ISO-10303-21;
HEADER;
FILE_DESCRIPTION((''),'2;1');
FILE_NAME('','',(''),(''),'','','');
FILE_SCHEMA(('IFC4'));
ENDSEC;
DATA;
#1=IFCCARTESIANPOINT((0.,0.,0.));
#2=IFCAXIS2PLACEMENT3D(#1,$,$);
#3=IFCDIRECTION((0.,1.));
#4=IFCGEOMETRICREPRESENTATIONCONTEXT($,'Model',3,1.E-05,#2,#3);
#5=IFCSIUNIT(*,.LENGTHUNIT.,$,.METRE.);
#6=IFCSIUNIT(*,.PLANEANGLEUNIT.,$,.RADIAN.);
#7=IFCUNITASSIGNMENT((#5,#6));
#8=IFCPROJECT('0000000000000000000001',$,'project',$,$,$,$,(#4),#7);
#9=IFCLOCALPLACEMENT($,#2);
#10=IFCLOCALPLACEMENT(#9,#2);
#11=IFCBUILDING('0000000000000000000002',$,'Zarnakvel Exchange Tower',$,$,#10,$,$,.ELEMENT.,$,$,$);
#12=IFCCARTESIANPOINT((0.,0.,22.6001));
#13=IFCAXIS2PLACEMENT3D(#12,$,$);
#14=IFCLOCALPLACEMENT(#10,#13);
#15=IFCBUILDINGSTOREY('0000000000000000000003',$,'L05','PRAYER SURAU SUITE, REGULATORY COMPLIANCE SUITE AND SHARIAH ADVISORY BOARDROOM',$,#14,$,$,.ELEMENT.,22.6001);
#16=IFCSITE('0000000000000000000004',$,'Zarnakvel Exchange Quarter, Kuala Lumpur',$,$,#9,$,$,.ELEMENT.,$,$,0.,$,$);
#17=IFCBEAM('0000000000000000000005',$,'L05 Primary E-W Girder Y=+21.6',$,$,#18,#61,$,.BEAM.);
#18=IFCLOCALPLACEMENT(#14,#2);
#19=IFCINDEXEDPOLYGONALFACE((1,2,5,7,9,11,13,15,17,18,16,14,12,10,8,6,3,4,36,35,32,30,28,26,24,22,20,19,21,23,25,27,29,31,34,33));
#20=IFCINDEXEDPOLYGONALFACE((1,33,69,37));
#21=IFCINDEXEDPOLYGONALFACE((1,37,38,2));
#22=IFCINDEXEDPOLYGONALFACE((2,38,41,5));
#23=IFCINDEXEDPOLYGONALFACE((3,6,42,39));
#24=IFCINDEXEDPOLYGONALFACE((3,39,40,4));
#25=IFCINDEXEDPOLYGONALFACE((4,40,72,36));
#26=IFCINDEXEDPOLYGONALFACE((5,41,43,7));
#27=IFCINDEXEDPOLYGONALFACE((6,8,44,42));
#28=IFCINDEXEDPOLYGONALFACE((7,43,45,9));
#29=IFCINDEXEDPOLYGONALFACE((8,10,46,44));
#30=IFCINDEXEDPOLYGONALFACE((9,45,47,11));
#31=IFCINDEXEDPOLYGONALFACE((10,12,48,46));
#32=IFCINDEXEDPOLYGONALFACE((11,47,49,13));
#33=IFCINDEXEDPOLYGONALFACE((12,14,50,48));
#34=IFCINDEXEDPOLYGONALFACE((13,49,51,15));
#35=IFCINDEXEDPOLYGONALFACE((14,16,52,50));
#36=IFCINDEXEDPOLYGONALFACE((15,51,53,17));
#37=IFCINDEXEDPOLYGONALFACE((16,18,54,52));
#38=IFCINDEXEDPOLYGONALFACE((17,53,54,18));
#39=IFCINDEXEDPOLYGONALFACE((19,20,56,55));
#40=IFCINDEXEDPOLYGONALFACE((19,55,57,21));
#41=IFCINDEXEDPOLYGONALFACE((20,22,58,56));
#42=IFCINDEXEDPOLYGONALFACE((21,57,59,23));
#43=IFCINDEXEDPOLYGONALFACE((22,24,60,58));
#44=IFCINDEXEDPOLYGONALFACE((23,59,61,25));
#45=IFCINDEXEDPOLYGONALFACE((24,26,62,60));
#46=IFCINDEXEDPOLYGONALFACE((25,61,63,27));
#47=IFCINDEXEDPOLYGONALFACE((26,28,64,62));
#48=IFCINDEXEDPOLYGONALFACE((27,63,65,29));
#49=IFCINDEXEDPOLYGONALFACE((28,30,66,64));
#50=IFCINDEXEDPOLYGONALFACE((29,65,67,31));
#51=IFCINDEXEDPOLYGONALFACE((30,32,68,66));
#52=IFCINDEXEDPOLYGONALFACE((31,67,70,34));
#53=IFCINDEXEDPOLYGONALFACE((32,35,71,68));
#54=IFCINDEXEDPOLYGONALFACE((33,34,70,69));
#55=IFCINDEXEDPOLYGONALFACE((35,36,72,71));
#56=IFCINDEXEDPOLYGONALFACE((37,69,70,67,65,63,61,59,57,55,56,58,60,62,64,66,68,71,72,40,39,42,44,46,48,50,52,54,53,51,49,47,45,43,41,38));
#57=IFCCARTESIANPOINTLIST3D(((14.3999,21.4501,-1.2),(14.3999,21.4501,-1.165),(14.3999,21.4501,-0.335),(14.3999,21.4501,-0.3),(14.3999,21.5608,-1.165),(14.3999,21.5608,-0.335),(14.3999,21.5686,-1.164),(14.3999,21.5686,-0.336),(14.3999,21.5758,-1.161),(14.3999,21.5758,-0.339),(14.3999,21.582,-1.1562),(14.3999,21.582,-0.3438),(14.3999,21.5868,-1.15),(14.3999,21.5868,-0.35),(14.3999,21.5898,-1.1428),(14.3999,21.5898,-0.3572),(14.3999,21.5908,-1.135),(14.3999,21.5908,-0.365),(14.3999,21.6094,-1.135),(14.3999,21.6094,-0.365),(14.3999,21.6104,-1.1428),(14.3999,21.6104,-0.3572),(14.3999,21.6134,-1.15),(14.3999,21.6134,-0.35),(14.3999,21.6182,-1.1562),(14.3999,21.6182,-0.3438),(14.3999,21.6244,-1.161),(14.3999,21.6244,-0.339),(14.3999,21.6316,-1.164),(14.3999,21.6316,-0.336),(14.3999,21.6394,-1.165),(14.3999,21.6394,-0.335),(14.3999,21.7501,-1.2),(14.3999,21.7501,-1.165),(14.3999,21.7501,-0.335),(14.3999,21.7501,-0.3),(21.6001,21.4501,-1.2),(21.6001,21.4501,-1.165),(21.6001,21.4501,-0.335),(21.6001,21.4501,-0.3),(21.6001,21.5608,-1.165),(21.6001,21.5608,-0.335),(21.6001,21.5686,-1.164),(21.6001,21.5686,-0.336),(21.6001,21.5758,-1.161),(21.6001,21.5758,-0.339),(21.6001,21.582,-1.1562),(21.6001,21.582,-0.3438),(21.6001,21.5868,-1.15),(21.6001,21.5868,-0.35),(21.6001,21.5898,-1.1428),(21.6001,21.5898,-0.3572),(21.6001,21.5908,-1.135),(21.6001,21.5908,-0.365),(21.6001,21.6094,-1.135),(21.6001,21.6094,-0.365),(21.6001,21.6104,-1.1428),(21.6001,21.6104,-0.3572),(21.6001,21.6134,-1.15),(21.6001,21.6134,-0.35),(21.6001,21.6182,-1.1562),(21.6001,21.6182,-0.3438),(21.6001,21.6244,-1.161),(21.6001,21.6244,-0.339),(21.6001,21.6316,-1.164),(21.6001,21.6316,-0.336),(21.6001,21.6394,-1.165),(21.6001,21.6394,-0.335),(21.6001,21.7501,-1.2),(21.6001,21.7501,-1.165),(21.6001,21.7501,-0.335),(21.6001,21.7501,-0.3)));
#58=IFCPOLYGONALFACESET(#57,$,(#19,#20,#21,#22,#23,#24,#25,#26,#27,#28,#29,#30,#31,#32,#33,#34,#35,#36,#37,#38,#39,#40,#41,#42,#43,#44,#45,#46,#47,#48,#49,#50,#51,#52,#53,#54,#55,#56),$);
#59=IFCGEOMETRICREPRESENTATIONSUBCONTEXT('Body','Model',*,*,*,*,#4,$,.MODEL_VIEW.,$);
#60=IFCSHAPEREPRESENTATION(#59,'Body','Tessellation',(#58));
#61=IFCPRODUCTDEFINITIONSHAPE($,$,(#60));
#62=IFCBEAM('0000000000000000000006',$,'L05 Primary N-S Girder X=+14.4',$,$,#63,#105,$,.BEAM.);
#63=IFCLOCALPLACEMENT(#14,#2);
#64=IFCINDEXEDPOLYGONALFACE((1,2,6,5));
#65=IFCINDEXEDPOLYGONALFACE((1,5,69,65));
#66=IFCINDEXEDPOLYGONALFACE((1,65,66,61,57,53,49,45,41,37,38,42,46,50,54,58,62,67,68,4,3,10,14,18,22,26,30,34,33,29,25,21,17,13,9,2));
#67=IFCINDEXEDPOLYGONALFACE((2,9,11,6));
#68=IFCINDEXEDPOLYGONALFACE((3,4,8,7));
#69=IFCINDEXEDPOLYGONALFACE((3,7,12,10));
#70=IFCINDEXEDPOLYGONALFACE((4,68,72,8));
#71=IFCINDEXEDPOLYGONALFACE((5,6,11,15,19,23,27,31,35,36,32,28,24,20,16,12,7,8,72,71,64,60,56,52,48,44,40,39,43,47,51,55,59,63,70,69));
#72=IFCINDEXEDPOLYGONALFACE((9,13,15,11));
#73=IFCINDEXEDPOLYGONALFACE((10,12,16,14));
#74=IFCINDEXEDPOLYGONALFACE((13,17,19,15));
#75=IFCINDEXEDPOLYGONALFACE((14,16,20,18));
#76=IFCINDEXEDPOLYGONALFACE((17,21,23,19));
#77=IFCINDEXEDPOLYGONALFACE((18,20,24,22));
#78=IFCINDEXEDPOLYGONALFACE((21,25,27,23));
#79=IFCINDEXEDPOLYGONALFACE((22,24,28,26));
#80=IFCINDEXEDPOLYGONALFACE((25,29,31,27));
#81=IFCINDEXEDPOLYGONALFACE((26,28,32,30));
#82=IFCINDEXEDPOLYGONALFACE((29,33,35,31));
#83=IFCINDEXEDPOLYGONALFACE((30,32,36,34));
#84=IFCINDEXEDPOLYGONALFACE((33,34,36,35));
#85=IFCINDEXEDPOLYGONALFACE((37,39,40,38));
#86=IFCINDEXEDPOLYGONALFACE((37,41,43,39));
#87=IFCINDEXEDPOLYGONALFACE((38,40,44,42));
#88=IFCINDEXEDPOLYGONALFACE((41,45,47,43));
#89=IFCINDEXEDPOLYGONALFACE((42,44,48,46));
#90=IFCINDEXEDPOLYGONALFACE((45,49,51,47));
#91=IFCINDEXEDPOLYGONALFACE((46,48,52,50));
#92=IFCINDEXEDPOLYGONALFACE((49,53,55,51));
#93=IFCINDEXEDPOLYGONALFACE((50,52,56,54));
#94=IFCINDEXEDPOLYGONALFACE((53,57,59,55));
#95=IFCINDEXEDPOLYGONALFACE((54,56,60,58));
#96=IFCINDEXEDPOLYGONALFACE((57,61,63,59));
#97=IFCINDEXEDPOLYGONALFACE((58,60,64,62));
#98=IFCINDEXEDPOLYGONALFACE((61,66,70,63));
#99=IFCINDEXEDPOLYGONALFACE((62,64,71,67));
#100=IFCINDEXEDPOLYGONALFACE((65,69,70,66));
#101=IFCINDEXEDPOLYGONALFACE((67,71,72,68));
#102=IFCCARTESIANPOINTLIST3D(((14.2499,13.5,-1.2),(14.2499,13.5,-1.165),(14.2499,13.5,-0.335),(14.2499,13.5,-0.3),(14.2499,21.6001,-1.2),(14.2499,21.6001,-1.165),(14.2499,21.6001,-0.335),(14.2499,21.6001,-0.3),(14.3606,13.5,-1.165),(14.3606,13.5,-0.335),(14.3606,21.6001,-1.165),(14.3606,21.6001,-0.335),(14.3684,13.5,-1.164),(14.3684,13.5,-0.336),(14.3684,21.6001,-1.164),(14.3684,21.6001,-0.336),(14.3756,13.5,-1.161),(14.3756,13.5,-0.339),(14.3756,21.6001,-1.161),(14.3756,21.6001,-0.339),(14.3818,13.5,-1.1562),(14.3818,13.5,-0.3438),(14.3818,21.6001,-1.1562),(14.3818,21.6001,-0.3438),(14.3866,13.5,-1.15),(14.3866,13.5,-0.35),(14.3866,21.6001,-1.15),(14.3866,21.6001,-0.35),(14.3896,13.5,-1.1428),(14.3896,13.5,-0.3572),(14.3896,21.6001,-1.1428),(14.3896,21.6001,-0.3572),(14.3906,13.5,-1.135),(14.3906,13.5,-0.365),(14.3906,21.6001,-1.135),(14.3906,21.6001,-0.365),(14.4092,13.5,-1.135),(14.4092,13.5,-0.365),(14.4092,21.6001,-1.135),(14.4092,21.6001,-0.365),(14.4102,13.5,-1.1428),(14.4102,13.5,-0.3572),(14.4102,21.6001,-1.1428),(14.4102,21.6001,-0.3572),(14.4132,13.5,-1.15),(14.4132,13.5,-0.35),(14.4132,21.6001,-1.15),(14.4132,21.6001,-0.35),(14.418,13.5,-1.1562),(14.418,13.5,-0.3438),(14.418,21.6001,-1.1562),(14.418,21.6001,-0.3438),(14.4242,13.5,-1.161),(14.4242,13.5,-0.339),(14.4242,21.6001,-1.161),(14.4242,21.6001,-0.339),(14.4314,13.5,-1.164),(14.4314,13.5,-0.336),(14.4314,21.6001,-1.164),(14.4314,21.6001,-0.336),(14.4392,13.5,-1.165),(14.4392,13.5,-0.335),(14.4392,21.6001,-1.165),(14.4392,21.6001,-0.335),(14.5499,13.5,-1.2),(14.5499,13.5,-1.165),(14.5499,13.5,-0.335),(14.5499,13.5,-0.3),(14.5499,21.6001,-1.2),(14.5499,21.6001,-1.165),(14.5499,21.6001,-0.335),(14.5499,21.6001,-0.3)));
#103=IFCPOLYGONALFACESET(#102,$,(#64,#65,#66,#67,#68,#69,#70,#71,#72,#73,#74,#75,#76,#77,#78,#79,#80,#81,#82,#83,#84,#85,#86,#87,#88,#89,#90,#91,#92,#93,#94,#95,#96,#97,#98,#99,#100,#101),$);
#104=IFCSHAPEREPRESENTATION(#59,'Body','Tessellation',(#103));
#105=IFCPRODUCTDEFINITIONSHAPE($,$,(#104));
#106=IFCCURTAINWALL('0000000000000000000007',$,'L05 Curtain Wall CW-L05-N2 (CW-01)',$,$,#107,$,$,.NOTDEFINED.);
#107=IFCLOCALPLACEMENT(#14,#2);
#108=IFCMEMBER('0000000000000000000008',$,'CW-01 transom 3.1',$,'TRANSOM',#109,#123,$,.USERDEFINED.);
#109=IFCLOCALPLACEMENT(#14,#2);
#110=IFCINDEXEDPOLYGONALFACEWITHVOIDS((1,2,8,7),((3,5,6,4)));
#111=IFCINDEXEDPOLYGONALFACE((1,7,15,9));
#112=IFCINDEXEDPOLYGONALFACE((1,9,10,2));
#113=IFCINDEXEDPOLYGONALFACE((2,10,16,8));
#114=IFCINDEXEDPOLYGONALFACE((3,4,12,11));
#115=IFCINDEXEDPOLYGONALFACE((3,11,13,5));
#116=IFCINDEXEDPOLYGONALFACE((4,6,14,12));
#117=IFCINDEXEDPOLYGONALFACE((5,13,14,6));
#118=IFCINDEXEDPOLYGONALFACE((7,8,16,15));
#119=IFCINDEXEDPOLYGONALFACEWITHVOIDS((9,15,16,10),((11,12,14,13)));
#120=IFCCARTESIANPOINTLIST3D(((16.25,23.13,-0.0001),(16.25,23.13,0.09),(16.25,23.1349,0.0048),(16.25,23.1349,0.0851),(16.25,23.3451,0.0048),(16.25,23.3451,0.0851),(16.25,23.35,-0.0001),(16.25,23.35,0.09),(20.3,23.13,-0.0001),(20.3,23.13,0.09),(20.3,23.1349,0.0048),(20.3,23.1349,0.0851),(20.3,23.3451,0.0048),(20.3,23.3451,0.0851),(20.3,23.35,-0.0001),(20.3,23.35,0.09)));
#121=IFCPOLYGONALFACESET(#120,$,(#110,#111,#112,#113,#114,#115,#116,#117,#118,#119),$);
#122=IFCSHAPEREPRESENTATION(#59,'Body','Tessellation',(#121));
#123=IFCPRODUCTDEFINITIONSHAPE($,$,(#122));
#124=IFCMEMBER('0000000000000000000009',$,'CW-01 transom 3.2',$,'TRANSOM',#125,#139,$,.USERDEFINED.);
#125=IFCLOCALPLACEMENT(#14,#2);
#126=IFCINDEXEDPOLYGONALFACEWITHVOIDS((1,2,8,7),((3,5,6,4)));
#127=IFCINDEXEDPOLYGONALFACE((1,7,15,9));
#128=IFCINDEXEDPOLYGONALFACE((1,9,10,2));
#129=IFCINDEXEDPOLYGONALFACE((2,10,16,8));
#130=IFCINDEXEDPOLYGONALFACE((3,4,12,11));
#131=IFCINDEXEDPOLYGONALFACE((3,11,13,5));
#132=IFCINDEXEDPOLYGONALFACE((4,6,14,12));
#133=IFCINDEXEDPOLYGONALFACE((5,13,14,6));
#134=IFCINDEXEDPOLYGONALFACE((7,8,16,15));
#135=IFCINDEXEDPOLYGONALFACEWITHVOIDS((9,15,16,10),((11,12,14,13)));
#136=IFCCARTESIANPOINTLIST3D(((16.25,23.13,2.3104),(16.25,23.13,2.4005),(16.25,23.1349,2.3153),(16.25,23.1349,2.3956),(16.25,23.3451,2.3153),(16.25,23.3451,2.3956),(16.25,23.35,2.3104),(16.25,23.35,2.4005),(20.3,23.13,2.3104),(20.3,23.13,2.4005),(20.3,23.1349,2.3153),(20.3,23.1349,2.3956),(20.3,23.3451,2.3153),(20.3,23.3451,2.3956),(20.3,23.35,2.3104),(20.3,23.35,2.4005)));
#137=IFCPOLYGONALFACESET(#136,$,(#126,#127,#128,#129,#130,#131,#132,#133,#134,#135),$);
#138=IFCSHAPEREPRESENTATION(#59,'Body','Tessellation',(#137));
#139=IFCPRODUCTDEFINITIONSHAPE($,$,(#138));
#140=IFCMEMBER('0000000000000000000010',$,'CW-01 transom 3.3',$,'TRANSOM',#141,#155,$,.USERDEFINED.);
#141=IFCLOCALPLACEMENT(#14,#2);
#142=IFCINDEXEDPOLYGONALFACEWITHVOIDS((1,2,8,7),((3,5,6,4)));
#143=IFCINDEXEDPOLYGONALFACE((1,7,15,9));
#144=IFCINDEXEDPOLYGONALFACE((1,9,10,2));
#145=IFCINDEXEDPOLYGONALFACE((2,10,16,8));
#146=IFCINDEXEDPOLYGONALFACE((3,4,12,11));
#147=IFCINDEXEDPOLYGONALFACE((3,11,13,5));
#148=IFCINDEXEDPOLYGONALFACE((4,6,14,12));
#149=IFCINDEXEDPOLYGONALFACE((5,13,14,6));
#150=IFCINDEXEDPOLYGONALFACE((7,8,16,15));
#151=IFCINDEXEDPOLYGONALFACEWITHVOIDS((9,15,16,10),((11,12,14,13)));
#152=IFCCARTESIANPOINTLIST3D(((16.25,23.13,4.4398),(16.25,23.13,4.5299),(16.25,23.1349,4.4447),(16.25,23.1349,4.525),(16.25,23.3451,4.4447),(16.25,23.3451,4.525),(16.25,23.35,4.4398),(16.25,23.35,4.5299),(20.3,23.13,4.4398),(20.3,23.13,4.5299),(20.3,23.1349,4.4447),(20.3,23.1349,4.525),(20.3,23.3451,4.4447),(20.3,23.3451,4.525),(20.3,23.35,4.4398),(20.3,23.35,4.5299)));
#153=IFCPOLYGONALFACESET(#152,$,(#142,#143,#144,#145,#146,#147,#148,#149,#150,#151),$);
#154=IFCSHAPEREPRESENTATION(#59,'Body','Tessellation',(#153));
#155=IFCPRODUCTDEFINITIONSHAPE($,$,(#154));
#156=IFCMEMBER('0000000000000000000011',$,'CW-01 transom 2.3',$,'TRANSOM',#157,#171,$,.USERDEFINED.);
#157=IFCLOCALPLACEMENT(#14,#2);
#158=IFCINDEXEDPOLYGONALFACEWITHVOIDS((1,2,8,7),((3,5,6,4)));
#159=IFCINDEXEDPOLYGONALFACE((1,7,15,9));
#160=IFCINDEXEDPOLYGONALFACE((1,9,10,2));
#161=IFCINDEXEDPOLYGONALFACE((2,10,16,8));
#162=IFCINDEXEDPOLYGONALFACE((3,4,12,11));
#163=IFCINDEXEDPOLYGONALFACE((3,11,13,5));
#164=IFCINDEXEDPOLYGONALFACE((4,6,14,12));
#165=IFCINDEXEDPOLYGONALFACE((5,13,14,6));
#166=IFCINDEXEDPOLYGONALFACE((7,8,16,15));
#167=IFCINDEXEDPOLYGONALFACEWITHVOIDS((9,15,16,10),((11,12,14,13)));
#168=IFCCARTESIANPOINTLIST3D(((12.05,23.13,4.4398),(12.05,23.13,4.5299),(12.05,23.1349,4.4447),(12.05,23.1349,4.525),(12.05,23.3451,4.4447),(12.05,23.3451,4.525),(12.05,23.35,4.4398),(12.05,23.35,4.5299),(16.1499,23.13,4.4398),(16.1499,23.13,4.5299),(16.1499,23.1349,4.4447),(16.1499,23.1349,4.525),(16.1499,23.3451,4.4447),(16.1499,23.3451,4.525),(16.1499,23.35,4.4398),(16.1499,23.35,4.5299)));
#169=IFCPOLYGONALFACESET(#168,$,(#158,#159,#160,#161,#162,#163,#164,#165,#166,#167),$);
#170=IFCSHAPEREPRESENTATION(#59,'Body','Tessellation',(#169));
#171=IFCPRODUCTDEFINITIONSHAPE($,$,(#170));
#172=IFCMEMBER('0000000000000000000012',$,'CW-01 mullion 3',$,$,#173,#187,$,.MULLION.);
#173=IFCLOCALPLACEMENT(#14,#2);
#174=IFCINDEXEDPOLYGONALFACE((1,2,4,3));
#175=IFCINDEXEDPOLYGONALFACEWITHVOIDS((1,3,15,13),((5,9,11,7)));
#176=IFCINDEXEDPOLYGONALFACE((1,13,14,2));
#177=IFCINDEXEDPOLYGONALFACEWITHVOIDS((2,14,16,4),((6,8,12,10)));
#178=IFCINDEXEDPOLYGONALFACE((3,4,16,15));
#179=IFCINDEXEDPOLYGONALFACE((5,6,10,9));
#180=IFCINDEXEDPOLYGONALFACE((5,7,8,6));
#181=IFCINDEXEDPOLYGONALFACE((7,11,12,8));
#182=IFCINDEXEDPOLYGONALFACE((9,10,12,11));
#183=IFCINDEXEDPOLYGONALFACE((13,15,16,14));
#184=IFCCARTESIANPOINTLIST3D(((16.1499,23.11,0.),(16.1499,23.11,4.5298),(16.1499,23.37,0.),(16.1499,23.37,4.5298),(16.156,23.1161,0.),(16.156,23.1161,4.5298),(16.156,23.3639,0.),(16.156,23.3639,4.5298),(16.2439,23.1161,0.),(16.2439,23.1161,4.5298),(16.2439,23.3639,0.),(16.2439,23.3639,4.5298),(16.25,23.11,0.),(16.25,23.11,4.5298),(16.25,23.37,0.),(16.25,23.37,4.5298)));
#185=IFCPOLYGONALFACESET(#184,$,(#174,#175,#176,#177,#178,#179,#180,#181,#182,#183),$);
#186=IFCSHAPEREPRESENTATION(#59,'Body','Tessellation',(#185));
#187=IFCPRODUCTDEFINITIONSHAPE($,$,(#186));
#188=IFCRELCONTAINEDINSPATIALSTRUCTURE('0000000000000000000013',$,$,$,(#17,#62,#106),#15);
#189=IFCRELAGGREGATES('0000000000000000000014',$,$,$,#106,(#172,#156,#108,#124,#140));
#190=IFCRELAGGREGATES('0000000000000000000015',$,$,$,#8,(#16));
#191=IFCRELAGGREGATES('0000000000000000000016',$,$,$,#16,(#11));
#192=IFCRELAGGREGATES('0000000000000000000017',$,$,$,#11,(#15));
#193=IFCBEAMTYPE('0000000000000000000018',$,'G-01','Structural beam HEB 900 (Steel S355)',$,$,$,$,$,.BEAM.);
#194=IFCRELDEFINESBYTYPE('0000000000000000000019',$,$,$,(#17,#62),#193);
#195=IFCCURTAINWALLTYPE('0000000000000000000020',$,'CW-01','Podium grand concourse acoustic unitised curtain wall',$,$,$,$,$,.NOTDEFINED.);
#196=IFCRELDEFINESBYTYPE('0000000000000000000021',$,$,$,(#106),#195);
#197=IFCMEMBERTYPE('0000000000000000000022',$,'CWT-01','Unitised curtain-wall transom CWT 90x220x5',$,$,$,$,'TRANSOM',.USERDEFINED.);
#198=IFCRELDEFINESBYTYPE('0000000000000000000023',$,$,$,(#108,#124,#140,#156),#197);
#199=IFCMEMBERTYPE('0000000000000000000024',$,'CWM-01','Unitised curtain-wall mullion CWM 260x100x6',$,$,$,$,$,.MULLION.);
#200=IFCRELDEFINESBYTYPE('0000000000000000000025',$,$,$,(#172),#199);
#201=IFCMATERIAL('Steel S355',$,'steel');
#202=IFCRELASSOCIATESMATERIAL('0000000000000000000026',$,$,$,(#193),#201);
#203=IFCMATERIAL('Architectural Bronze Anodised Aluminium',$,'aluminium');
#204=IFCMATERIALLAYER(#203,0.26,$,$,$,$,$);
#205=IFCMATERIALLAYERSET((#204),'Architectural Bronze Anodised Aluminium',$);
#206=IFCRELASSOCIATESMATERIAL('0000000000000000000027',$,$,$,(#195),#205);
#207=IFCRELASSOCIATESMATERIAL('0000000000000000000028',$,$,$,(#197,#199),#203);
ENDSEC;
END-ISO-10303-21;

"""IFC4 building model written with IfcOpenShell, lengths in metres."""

from ifc_helpers import new_model, si_unit, direction, frame, origin, origin_2d, place, context, subcontext, project, spatial, hollow_rectangle, i_section, extrude, source, transform, mapped, material, layer, layer_set, material_profile, profile_set, type_object, element, aggregate, save


model = new_model("IFC4")

# Units and contexts
model_context = context("Model", 3, precision=1e-05, world=origin(), true_north=direction((0.0, 1.0)))
body_context = subcontext(model_context, "Body", "Model", "MODEL_VIEW")
ifc_project = project(units=[si_unit("LENGTHUNIT", "METRE"), si_unit("PLANEANGLEUNIT", "RADIAN")], contexts=[model_context])

# Site, building, storey
site_placement = place(None, origin())
site = spatial("IfcSite", under=ifc_project, at=site_placement, Name="Zarnakvel Exchange Quarter, Kuala Lumpur", CompositionType="ELEMENT", RefElevation=0.0)
building_placement = place(site_placement, origin())
building = spatial("IfcBuilding", under=site, at=building_placement, Name="Zarnakvel Exchange Tower", CompositionType="ELEMENT")
storey_placement = place(building_placement, frame((0.0, 0.0, 22.6001)))
storey = spatial("IfcBuildingStorey", under=building, at=storey_placement, Name="L05", Description="PRAYER SURAU SUITE, REGULATORY COMPLIANCE SUITE AND SHARIAH ADVISORY BOARDROOM", CompositionType="ELEMENT", Elevation=22.6001)

# Beams
ifc_material_1 = material(Name="Steel S355", Category="steel")
ifc_material_profile_1 = material_profile(ifc_material_1, i_section(OverallWidth=0.3, OverallDepth=0.8999, WebThickness=0.0186, FlangeThickness=0.0349, FilletRadius=0.03, at=origin_2d()))
ifc_profile_set_1 = profile_set([ifc_material_profile_1], Name="Steel S355")
beam_type_1 = type_object("IfcBeamType", Name="G-01", Description="Structural beam HEB 900 (Steel S355)", PredefinedType="BEAM", material=ifc_profile_set_1)
for number, where, z_axis, x_axis, name in (
    (1, (14.3999, 21.6001, -0.75), (1.0, 0.0, 0.0), (0.0, 1.0, 0.0), "L05 Primary E-W Girder Y=+21.6"),
):
    element("IfcBeam", number, at=place(storey_placement, frame(where, z_axis=z_axis, x_axis=x_axis)), inside=storey, type_object=beam_type_1, Name=name, PredefinedType="BEAM", context=body_context, shape_type="SweptSolid", body=[
        extrude(i_section(OverallWidth=0.3, OverallDepth=0.8999, WebThickness=0.0186, FlangeThickness=0.0349, FilletRadius=0.03, at=origin_2d()), origin(), (0.0, 0.0, 1.0), 7.2002),
    ])
beam_1_placement = place(storey_placement, frame((14.3999, 13.5, -0.75), z_axis=(0.0, 1.0, 0.0), x_axis=(-1.0, 0.0, 0.0)))
element("IfcBeam", 2, at=beam_1_placement, inside=storey, type_object=beam_type_1, Name="L05 Primary N-S Girder X=+14.4", PredefinedType="BEAM", context=body_context, shape_type="SweptSolid", body=[
    extrude(i_section(OverallWidth=0.3, OverallDepth=0.8999, WebThickness=0.0186, FlangeThickness=0.0349, FilletRadius=0.03, at=origin_2d()), origin(), (0.0, 0.0, 1.0), 8.1001),
])

# Curtain wall, members
ifc_material_2 = material(Name="Architectural Bronze Anodised Aluminium", Category="aluminium")
ifc_layer_1 = layer(ifc_material_2, 0.26)
ifc_layer_set_1 = layer_set([ifc_layer_1], Name="Architectural Bronze Anodised Aluminium")
curtain_wall_type = type_object("IfcCurtainWallType", Name="CW-01", Description="Podium grand concourse acoustic unitised curtain wall", PredefinedType="NOTDEFINED", material=ifc_layer_set_1)
curtain_wall_placement = place(storey_placement, origin())
curtain_wall = element("IfcCurtainWall", 3, at=curtain_wall_placement, inside=storey, type_object=curtain_wall_type, Name="L05 Curtain Wall CW-L05-N2 (CW-01)", PredefinedType="NOTDEFINED")
ifc_material_profile_2 = material_profile(ifc_material_2, hollow_rectangle(XDim=0.22, YDim=0.0901, WallThickness=0.0049, at=origin_2d()))
ifc_profile_set_2 = profile_set([ifc_material_profile_2], Name="Architectural Bronze Anodised Aluminium")
member_type_1 = type_object("IfcMemberType", Name="CWT-01", Description="Unitised curtain-wall transom CWT 90x220x5", ElementType="TRANSOM", PredefinedType="USERDEFINED", material=ifc_profile_set_2)
shared_shape_1 = source(origin(), body_context, "Body", "SweptSolid", [
    extrude(hollow_rectangle(XDim=0.22, YDim=0.0901, WallThickness=0.0049, at=origin_2d()), origin(), (0.0, 0.0, 1.0), 4.05),
])
member_1_placement = place(storey_placement, frame((16.25, 23.24, 0.0449), z_axis=(1.0, 0.0, 0.0), x_axis=(0.0, 1.0, 0.0)))
member_1 = element("IfcMember", 4, at=member_1_placement, type_object=member_type_1, Name="CW-01 transom 3.1", ObjectType="TRANSOM", PredefinedType="USERDEFINED", context=body_context, shape_type="MappedRepresentation", body=[
    mapped(shared_shape_1, transform((0.0, 0.0, 0.0), x_axis=(1.0, 0.0, 0.0), y_axis=(0.0, 1.0, 0.0), z_axis=(0.0, 0.0, 1.0), scale=1.0)),
])
member_2_placement = place(storey_placement, frame((16.25, 23.24, 2.3555), z_axis=(1.0, 0.0, 0.0), x_axis=(0.0, 1.0, 0.0)))
member_2 = element("IfcMember", 5, at=member_2_placement, type_object=member_type_1, Name="CW-01 transom 3.2", ObjectType="TRANSOM", PredefinedType="USERDEFINED", context=body_context, shape_type="MappedRepresentation", body=[
    mapped(shared_shape_1, transform((0.0, 0.0, 0.0), x_axis=(1.0, 0.0, 0.0), y_axis=(0.0, 1.0, 0.0), z_axis=(0.0, 0.0, 1.0), scale=1.0)),
])
member_3_placement = place(storey_placement, frame((16.25, 23.24, 4.4849), z_axis=(1.0, 0.0, 0.0), x_axis=(0.0, 1.0, 0.0)))
member_3 = element("IfcMember", 6, at=member_3_placement, type_object=member_type_1, Name="CW-01 transom 3.3", ObjectType="TRANSOM", PredefinedType="USERDEFINED", context=body_context, shape_type="MappedRepresentation", body=[
    mapped(shared_shape_1, transform((0.0, 0.0, 0.0), x_axis=(1.0, 0.0, 0.0), y_axis=(0.0, 1.0, 0.0), z_axis=(0.0, 0.0, 1.0), scale=1.0)),
])
shared_shape_2 = source(origin(), body_context, "Body", "SweptSolid", [
    extrude(hollow_rectangle(XDim=0.22, YDim=0.0901, WallThickness=0.0049, at=origin_2d()), origin(), (0.0, 0.0, 1.0), 4.0999),
])
member_4_placement = place(storey_placement, frame((12.05, 23.24, 4.4849), z_axis=(1.0, 0.0, 0.0), x_axis=(0.0, 1.0, 0.0)))
member_4 = element("IfcMember", 7, at=member_4_placement, type_object=member_type_1, Name="CW-01 transom 2.3", ObjectType="TRANSOM", PredefinedType="USERDEFINED", context=body_context, shape_type="MappedRepresentation", body=[
    mapped(shared_shape_2, transform((0.0, 0.0, 0.0), x_axis=(1.0, 0.0, 0.0), y_axis=(0.0, 1.0, 0.0), z_axis=(0.0, 0.0, 1.0), scale=1.0)),
])
ifc_material_profile_3 = material_profile(ifc_material_2, hollow_rectangle(XDim=0.26, YDim=0.1001, WallThickness=0.0061, at=origin_2d()))
ifc_profile_set_3 = profile_set([ifc_material_profile_3], Name="Architectural Bronze Anodised Aluminium")
member_type_2 = type_object("IfcMemberType", Name="CWM-01", Description="Unitised curtain-wall mullion CWM 260x100x6", PredefinedType="MULLION", material=ifc_profile_set_3)
shared_shape_3 = source(origin(), body_context, "Body", "SweptSolid", [
    extrude(hollow_rectangle(XDim=0.26, YDim=0.1001, WallThickness=0.0061, at=origin_2d()), origin(), (0.0, 0.0, 1.0), 4.5298),
])
member_5_placement = place(storey_placement, frame((16.2, 23.24, 0.0), z_axis=(0.0, 0.0, 1.0), x_axis=(0.0, 1.0, 0.0)))
member_5 = element("IfcMember", 8, at=member_5_placement, type_object=member_type_2, Name="CW-01 mullion 3", PredefinedType="MULLION", context=body_context, shape_type="MappedRepresentation", body=[
    mapped(shared_shape_3, transform((0.0, 0.0, 0.0), x_axis=(1.0, 0.0, 0.0), y_axis=(0.0, 1.0, 0.0), z_axis=(0.0, 0.0, 1.0), scale=1.0)),
])
aggregate(curtain_wall, [member_5, member_4, member_1, member_2, member_3])

save(model, "model.ifc")
